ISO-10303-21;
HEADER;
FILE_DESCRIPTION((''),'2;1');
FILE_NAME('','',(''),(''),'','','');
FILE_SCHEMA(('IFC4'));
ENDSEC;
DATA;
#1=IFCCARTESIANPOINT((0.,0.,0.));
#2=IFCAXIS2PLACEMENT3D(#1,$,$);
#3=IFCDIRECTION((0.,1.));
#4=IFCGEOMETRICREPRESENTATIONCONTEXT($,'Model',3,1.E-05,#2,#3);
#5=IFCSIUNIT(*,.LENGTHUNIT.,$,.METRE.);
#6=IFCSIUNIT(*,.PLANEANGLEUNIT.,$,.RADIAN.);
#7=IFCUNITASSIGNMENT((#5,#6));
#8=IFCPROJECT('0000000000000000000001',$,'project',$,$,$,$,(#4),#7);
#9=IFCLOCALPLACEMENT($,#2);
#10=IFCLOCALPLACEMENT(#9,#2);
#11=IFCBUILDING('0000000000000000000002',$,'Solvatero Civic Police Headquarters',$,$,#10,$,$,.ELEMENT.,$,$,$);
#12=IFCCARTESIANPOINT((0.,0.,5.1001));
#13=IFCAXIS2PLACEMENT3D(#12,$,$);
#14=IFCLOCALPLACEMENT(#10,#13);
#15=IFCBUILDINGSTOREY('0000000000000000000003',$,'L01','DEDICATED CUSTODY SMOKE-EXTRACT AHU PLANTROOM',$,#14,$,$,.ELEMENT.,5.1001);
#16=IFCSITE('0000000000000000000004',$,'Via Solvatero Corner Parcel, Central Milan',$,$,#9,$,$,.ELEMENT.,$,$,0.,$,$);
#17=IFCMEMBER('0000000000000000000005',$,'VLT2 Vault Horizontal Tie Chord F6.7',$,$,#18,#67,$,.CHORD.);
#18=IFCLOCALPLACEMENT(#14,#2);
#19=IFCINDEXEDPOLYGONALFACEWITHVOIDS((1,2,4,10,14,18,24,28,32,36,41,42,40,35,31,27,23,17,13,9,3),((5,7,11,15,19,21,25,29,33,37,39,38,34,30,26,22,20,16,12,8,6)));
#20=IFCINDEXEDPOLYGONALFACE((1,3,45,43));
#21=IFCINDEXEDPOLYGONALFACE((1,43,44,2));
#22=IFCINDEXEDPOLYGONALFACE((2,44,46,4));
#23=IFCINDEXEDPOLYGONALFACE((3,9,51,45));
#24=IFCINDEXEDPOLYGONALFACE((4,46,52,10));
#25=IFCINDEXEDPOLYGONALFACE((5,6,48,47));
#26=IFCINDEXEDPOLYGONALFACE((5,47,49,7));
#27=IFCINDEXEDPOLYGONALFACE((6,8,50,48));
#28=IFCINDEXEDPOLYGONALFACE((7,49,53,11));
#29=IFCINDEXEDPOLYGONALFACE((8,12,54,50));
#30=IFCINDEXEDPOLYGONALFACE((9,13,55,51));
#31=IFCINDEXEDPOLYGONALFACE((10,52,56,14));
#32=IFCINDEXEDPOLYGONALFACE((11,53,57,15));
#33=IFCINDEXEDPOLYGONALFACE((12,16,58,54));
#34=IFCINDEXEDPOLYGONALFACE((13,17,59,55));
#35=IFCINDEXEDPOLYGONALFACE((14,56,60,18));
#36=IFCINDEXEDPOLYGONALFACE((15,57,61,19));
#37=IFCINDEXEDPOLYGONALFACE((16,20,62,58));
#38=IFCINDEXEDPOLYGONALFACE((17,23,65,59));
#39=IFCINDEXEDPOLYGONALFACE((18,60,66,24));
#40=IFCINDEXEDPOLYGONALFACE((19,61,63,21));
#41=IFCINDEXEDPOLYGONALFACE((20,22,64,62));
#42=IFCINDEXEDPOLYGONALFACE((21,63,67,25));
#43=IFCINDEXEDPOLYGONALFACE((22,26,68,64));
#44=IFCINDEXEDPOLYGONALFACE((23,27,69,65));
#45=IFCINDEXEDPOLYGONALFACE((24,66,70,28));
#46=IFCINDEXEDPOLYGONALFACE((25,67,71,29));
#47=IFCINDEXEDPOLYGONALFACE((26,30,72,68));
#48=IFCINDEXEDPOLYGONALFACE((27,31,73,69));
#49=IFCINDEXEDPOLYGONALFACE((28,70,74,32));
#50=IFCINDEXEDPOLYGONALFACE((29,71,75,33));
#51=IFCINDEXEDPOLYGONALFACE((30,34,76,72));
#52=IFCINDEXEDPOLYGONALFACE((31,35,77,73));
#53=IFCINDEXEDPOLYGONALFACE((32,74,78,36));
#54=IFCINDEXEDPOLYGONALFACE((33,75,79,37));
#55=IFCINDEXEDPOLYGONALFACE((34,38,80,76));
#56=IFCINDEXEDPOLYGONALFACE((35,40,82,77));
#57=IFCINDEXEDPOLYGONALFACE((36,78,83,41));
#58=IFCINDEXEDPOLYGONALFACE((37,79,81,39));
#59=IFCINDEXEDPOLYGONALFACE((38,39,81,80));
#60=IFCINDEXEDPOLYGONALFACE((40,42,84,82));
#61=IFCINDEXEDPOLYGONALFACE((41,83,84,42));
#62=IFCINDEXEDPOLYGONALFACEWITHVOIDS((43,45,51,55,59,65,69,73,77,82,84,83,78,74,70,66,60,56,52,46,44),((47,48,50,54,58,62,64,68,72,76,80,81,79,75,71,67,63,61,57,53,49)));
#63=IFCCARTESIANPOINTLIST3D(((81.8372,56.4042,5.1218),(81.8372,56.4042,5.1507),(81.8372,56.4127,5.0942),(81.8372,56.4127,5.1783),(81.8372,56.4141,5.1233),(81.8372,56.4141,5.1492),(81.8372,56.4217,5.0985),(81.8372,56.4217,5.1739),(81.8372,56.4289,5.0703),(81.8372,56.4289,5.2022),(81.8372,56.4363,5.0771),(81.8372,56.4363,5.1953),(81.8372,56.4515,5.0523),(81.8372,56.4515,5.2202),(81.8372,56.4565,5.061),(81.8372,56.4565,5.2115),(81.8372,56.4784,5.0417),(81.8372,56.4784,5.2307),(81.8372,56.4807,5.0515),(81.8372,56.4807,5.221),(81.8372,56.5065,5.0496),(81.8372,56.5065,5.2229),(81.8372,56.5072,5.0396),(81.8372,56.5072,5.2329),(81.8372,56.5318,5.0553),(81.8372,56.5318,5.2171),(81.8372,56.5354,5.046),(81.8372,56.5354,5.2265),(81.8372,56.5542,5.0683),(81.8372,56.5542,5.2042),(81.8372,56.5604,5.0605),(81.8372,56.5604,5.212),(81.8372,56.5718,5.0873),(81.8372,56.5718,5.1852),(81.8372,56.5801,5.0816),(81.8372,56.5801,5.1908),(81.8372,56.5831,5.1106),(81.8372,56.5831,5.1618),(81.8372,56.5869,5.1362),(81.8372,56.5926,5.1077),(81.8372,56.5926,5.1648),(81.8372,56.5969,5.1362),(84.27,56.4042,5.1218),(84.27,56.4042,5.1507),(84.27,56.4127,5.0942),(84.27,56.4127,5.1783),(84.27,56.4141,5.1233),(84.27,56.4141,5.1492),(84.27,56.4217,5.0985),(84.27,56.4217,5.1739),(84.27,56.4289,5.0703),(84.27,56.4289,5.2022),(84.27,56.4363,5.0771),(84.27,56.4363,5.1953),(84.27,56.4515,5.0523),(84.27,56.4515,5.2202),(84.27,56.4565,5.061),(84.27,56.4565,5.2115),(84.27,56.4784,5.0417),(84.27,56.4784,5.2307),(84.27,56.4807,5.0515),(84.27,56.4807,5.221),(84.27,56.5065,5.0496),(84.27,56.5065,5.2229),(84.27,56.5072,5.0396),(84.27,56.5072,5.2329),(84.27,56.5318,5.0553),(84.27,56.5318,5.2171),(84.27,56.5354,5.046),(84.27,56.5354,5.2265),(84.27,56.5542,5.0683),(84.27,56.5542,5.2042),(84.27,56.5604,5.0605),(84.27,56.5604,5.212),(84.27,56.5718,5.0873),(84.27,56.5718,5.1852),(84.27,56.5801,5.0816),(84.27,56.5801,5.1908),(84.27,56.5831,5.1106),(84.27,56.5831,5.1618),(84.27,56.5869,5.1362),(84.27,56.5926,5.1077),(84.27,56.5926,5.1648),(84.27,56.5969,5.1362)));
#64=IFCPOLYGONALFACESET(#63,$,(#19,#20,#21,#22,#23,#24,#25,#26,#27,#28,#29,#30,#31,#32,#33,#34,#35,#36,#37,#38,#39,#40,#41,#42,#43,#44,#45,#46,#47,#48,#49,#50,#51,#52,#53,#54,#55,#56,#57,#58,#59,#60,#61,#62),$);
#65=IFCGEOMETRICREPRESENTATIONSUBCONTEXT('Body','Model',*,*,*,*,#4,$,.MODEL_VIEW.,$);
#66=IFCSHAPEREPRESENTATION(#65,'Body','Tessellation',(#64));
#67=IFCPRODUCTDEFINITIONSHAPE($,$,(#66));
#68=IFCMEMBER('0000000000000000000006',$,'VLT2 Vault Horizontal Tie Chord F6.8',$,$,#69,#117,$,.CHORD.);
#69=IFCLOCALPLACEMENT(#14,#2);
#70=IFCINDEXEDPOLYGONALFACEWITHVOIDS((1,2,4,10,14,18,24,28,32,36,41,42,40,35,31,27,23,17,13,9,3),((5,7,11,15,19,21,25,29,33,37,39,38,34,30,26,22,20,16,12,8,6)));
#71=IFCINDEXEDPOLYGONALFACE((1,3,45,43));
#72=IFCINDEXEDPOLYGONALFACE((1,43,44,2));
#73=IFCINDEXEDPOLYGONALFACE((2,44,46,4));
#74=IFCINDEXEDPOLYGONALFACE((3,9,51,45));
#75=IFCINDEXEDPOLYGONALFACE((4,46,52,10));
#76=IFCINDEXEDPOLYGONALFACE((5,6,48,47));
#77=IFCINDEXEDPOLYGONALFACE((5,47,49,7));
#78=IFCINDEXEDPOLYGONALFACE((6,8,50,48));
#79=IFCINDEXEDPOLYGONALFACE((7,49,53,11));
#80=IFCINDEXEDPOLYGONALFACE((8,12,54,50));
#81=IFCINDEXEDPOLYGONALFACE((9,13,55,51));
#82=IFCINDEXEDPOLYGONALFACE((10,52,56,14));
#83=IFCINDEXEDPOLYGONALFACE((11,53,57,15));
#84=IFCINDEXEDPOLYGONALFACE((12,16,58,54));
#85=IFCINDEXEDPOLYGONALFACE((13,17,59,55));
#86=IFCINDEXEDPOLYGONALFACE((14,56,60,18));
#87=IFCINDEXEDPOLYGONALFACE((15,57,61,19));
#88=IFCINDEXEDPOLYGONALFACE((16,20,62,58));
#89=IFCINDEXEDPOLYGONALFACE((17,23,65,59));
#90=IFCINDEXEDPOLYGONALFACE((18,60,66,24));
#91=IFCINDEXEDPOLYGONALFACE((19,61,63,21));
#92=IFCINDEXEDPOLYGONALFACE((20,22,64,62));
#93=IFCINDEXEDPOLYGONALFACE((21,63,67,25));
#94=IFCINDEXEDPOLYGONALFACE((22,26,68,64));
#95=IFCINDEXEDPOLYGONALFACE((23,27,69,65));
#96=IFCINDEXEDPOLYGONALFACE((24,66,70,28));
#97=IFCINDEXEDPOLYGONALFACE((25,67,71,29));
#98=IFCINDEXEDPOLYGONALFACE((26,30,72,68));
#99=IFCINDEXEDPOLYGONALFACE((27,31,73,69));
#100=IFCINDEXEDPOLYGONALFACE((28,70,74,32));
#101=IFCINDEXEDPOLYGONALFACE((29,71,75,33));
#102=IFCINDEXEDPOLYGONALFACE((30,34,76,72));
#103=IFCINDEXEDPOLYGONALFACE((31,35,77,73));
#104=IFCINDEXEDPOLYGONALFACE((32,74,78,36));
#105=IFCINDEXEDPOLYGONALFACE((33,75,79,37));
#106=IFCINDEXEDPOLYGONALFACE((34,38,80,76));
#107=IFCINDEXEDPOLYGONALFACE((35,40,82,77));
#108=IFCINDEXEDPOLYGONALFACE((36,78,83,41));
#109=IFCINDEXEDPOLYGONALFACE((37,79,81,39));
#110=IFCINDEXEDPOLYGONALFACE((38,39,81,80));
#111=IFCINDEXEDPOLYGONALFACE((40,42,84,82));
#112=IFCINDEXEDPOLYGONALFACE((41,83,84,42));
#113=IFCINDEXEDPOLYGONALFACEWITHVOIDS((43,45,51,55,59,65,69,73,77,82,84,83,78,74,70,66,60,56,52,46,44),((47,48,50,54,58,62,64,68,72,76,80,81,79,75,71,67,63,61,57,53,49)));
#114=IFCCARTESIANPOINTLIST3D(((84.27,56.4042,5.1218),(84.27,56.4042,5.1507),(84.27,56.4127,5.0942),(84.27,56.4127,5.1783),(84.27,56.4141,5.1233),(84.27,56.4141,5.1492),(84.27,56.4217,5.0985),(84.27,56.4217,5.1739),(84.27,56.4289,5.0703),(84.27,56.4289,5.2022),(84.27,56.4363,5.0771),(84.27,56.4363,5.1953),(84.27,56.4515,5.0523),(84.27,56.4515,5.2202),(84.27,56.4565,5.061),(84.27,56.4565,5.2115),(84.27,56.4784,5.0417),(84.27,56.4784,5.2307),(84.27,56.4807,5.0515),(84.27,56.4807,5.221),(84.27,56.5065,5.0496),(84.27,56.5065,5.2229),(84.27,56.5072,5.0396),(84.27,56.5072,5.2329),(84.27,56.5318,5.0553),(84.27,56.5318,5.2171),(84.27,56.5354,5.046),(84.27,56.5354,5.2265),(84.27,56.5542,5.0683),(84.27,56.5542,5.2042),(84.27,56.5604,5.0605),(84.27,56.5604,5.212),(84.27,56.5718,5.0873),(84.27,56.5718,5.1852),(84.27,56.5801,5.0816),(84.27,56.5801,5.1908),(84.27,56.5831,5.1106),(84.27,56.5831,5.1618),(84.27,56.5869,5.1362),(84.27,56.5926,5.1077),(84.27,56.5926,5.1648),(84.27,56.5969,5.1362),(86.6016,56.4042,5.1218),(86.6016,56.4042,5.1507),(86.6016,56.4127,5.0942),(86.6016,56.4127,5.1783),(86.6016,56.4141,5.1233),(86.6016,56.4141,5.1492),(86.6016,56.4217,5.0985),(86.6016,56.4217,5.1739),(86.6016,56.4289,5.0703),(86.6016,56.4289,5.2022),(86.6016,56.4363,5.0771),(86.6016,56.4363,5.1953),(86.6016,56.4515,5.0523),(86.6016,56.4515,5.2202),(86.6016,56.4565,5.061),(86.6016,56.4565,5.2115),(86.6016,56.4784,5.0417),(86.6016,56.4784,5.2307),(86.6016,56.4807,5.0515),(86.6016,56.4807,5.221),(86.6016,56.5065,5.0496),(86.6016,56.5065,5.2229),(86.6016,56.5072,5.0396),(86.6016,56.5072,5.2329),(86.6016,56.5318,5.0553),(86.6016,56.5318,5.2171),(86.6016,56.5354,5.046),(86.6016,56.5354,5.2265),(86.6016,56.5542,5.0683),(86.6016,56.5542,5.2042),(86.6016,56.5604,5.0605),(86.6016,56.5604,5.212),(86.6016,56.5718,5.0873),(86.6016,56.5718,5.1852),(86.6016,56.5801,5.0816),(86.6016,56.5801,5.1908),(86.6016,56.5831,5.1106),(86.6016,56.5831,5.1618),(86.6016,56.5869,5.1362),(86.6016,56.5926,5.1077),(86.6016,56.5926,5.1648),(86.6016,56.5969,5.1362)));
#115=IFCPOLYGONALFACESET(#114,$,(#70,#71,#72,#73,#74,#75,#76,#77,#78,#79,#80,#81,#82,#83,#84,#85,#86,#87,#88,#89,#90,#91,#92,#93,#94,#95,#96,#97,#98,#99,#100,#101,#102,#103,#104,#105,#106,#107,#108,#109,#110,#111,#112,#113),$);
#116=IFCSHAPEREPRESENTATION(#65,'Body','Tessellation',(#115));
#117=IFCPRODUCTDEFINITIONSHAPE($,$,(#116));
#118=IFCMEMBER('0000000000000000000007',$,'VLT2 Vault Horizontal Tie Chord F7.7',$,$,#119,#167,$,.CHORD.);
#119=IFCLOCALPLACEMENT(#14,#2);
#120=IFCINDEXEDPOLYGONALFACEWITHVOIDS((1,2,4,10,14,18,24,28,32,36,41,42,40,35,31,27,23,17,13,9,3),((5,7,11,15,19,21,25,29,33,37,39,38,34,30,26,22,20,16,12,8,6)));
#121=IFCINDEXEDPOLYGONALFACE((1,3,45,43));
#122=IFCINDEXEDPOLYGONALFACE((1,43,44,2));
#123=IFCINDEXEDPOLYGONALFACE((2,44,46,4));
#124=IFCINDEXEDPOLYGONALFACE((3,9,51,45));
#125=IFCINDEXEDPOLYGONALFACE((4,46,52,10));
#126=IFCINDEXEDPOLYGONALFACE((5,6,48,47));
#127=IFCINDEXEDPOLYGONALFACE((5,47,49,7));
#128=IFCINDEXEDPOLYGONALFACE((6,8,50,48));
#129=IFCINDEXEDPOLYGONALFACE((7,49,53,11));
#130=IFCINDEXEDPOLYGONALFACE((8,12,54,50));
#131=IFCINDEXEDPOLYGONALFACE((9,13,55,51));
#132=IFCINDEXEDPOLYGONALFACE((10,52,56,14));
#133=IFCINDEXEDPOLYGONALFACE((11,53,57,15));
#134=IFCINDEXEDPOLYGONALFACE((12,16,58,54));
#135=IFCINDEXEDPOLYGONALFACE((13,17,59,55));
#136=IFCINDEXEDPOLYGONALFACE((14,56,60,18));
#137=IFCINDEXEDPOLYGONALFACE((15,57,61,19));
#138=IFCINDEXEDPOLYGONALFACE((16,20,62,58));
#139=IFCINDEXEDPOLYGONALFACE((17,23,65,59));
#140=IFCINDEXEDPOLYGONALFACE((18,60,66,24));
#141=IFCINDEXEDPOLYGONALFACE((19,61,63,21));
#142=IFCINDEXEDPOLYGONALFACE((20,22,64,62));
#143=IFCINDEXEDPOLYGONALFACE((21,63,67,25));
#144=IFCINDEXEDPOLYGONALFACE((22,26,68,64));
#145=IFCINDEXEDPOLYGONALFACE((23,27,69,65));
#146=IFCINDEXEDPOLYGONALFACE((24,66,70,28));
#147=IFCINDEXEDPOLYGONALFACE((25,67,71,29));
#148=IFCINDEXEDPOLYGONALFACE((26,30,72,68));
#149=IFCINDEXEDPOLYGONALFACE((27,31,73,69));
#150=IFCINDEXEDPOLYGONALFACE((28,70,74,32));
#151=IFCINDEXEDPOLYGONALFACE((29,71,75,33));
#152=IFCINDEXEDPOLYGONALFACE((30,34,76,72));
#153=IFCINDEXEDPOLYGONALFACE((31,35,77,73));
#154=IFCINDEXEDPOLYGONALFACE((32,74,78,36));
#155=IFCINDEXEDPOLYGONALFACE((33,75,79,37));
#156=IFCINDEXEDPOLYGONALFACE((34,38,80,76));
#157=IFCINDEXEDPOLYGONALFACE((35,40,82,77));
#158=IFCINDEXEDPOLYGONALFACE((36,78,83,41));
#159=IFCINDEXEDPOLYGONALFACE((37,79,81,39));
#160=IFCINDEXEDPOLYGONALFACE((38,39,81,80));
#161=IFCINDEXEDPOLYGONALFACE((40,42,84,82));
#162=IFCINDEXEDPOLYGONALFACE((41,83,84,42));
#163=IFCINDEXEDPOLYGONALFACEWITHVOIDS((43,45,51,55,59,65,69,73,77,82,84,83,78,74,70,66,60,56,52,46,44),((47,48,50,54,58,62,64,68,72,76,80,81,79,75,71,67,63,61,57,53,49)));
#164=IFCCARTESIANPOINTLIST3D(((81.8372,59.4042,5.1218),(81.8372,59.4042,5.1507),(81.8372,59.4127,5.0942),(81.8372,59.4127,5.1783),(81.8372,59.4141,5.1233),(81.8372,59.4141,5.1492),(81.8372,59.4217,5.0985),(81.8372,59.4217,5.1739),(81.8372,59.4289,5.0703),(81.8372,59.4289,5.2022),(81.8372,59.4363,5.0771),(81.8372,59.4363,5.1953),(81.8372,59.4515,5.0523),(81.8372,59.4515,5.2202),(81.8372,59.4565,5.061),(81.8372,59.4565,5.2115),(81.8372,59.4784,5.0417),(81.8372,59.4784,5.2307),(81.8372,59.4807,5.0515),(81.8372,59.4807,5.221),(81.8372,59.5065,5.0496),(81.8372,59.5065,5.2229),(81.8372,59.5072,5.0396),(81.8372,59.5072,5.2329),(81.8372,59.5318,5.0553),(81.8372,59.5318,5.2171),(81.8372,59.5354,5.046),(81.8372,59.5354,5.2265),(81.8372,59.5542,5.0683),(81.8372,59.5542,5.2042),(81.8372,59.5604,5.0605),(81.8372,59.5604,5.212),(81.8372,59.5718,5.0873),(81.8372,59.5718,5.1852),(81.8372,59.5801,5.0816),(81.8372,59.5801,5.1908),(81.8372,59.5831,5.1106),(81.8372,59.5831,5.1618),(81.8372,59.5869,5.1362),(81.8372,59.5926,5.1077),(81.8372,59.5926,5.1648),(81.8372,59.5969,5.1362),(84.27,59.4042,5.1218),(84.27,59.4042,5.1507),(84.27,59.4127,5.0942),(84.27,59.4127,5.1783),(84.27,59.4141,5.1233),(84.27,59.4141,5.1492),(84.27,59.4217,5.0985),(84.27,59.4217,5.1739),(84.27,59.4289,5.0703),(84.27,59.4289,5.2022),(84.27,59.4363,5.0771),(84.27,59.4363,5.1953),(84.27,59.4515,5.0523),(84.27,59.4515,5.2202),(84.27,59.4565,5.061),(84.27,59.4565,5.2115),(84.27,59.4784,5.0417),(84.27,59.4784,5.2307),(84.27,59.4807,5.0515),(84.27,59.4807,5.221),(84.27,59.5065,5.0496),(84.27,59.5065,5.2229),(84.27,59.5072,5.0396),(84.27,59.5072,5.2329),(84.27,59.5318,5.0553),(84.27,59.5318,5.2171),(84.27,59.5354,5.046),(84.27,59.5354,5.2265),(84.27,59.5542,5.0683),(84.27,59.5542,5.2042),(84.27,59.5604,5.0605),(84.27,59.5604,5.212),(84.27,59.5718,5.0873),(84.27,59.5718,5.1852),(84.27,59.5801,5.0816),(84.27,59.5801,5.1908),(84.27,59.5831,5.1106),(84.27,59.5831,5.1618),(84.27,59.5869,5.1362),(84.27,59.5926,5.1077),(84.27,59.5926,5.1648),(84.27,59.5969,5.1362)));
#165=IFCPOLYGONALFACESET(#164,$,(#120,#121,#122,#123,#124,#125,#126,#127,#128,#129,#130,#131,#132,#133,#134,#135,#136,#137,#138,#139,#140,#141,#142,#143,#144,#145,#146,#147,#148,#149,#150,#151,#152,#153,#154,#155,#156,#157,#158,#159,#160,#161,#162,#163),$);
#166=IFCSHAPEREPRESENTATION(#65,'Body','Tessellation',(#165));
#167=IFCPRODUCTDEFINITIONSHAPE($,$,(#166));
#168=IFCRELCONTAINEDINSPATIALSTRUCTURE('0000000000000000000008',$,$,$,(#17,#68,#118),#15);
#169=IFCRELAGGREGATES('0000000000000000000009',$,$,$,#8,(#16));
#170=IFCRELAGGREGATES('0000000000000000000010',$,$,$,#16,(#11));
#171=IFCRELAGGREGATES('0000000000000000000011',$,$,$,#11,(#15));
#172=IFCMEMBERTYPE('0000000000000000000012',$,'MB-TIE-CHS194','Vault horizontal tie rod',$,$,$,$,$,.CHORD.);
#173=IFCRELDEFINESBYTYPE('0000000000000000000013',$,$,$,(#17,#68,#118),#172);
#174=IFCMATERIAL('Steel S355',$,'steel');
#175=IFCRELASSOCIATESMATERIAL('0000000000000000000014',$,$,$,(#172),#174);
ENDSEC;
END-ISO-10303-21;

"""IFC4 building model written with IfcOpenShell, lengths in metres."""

from ifc_helpers import new_model, si_unit, direction, frame, origin, origin_2d, place, context, subcontext, project, spatial, hollow_circle, extrude, material, material_profile, profile_set, type_object, element, save


model = new_model("IFC4")

# Units and contexts
model_context = context("Model", 3, precision=1e-05, world=origin(), true_north=direction((0.0, 1.0)))
body_context = subcontext(model_context, "Body", "Model", "MODEL_VIEW")
ifc_project = project(units=[si_unit("LENGTHUNIT", "METRE"), si_unit("PLANEANGLEUNIT", "RADIAN")], contexts=[model_context])

# Site, building, storey
site_placement = place(None, origin())
site = spatial("IfcSite", under=ifc_project, at=site_placement, Name="Via Solvatero Corner Parcel, Central Milan", CompositionType="ELEMENT", RefElevation=0.0)
building_placement = place(site_placement, origin())
building = spatial("IfcBuilding", under=site, at=building_placement, Name="Solvatero Civic Police Headquarters", CompositionType="ELEMENT")
storey_placement = place(building_placement, frame((0.0, 0.0, 5.1001)))
storey = spatial("IfcBuildingStorey", under=building, at=storey_placement, Name="L01", Description="DEDICATED CUSTODY SMOKE-EXTRACT AHU PLANTROOM", CompositionType="ELEMENT", Elevation=5.1001)

# Shared definitions
ifc_material_1 = material(Name="Steel S355", Category="steel")

# Members
ifc_material_profile_1 = material_profile(ifc_material_1, hollow_circle(Radius=0.0969, WallThickness=0.01, at=origin_2d()), Name="CHS 193.7x10.0")
ifc_profile_set_1 = profile_set([ifc_material_profile_1], Name="Steel S355")
member_type_1 = type_object("IfcMemberType", Name="MB-TIE-CHS194", Description="Vault horizontal tie rod", PredefinedType="CHORD", material=ifc_profile_set_1)
member_1_placement = place(storey_placement, frame((81.8372, 56.5, 5.1362), z_axis=(1.0, 0.0, 0.0), x_axis=(0.0, 1.0, 0.0)))
element("IfcMember", 1, at=member_1_placement, inside=storey, type_object=member_type_1, Name="VLT2 Vault Horizontal Tie Chord F6.7", PredefinedType="CHORD", context=body_context, shape_type="SweptSolid", body=[
    extrude(hollow_circle(Radius=0.0969, WallThickness=0.01, at=origin_2d()), origin(), (0.0, 0.0, 1.0), 2.4329),
])
member_2_placement = place(storey_placement, frame((84.27, 56.5, 5.1362), z_axis=(1.0, 0.0, 0.0), x_axis=(0.0, 1.0, 0.0)))
element("IfcMember", 2, at=member_2_placement, inside=storey, type_object=member_type_1, Name="VLT2 Vault Horizontal Tie Chord F6.8", PredefinedType="CHORD", context=body_context, shape_type="SweptSolid", body=[
    extrude(hollow_circle(Radius=0.0969, WallThickness=0.01, at=origin_2d()), origin(), (0.0, 0.0, 1.0), 2.3315),
])
member_3_placement = place(storey_placement, frame((81.8372, 59.5, 5.1362), z_axis=(1.0, 0.0, 0.0), x_axis=(0.0, 1.0, 0.0)))
element("IfcMember", 3, at=member_3_placement, inside=storey, type_object=member_type_1, Name="VLT2 Vault Horizontal Tie Chord F7.7", PredefinedType="CHORD", context=body_context, shape_type="SweptSolid", body=[
    extrude(hollow_circle(Radius=0.0969, WallThickness=0.01, at=origin_2d()), origin(), (0.0, 0.0, 1.0), 2.4329),
])

save(model, "model.ifc")
